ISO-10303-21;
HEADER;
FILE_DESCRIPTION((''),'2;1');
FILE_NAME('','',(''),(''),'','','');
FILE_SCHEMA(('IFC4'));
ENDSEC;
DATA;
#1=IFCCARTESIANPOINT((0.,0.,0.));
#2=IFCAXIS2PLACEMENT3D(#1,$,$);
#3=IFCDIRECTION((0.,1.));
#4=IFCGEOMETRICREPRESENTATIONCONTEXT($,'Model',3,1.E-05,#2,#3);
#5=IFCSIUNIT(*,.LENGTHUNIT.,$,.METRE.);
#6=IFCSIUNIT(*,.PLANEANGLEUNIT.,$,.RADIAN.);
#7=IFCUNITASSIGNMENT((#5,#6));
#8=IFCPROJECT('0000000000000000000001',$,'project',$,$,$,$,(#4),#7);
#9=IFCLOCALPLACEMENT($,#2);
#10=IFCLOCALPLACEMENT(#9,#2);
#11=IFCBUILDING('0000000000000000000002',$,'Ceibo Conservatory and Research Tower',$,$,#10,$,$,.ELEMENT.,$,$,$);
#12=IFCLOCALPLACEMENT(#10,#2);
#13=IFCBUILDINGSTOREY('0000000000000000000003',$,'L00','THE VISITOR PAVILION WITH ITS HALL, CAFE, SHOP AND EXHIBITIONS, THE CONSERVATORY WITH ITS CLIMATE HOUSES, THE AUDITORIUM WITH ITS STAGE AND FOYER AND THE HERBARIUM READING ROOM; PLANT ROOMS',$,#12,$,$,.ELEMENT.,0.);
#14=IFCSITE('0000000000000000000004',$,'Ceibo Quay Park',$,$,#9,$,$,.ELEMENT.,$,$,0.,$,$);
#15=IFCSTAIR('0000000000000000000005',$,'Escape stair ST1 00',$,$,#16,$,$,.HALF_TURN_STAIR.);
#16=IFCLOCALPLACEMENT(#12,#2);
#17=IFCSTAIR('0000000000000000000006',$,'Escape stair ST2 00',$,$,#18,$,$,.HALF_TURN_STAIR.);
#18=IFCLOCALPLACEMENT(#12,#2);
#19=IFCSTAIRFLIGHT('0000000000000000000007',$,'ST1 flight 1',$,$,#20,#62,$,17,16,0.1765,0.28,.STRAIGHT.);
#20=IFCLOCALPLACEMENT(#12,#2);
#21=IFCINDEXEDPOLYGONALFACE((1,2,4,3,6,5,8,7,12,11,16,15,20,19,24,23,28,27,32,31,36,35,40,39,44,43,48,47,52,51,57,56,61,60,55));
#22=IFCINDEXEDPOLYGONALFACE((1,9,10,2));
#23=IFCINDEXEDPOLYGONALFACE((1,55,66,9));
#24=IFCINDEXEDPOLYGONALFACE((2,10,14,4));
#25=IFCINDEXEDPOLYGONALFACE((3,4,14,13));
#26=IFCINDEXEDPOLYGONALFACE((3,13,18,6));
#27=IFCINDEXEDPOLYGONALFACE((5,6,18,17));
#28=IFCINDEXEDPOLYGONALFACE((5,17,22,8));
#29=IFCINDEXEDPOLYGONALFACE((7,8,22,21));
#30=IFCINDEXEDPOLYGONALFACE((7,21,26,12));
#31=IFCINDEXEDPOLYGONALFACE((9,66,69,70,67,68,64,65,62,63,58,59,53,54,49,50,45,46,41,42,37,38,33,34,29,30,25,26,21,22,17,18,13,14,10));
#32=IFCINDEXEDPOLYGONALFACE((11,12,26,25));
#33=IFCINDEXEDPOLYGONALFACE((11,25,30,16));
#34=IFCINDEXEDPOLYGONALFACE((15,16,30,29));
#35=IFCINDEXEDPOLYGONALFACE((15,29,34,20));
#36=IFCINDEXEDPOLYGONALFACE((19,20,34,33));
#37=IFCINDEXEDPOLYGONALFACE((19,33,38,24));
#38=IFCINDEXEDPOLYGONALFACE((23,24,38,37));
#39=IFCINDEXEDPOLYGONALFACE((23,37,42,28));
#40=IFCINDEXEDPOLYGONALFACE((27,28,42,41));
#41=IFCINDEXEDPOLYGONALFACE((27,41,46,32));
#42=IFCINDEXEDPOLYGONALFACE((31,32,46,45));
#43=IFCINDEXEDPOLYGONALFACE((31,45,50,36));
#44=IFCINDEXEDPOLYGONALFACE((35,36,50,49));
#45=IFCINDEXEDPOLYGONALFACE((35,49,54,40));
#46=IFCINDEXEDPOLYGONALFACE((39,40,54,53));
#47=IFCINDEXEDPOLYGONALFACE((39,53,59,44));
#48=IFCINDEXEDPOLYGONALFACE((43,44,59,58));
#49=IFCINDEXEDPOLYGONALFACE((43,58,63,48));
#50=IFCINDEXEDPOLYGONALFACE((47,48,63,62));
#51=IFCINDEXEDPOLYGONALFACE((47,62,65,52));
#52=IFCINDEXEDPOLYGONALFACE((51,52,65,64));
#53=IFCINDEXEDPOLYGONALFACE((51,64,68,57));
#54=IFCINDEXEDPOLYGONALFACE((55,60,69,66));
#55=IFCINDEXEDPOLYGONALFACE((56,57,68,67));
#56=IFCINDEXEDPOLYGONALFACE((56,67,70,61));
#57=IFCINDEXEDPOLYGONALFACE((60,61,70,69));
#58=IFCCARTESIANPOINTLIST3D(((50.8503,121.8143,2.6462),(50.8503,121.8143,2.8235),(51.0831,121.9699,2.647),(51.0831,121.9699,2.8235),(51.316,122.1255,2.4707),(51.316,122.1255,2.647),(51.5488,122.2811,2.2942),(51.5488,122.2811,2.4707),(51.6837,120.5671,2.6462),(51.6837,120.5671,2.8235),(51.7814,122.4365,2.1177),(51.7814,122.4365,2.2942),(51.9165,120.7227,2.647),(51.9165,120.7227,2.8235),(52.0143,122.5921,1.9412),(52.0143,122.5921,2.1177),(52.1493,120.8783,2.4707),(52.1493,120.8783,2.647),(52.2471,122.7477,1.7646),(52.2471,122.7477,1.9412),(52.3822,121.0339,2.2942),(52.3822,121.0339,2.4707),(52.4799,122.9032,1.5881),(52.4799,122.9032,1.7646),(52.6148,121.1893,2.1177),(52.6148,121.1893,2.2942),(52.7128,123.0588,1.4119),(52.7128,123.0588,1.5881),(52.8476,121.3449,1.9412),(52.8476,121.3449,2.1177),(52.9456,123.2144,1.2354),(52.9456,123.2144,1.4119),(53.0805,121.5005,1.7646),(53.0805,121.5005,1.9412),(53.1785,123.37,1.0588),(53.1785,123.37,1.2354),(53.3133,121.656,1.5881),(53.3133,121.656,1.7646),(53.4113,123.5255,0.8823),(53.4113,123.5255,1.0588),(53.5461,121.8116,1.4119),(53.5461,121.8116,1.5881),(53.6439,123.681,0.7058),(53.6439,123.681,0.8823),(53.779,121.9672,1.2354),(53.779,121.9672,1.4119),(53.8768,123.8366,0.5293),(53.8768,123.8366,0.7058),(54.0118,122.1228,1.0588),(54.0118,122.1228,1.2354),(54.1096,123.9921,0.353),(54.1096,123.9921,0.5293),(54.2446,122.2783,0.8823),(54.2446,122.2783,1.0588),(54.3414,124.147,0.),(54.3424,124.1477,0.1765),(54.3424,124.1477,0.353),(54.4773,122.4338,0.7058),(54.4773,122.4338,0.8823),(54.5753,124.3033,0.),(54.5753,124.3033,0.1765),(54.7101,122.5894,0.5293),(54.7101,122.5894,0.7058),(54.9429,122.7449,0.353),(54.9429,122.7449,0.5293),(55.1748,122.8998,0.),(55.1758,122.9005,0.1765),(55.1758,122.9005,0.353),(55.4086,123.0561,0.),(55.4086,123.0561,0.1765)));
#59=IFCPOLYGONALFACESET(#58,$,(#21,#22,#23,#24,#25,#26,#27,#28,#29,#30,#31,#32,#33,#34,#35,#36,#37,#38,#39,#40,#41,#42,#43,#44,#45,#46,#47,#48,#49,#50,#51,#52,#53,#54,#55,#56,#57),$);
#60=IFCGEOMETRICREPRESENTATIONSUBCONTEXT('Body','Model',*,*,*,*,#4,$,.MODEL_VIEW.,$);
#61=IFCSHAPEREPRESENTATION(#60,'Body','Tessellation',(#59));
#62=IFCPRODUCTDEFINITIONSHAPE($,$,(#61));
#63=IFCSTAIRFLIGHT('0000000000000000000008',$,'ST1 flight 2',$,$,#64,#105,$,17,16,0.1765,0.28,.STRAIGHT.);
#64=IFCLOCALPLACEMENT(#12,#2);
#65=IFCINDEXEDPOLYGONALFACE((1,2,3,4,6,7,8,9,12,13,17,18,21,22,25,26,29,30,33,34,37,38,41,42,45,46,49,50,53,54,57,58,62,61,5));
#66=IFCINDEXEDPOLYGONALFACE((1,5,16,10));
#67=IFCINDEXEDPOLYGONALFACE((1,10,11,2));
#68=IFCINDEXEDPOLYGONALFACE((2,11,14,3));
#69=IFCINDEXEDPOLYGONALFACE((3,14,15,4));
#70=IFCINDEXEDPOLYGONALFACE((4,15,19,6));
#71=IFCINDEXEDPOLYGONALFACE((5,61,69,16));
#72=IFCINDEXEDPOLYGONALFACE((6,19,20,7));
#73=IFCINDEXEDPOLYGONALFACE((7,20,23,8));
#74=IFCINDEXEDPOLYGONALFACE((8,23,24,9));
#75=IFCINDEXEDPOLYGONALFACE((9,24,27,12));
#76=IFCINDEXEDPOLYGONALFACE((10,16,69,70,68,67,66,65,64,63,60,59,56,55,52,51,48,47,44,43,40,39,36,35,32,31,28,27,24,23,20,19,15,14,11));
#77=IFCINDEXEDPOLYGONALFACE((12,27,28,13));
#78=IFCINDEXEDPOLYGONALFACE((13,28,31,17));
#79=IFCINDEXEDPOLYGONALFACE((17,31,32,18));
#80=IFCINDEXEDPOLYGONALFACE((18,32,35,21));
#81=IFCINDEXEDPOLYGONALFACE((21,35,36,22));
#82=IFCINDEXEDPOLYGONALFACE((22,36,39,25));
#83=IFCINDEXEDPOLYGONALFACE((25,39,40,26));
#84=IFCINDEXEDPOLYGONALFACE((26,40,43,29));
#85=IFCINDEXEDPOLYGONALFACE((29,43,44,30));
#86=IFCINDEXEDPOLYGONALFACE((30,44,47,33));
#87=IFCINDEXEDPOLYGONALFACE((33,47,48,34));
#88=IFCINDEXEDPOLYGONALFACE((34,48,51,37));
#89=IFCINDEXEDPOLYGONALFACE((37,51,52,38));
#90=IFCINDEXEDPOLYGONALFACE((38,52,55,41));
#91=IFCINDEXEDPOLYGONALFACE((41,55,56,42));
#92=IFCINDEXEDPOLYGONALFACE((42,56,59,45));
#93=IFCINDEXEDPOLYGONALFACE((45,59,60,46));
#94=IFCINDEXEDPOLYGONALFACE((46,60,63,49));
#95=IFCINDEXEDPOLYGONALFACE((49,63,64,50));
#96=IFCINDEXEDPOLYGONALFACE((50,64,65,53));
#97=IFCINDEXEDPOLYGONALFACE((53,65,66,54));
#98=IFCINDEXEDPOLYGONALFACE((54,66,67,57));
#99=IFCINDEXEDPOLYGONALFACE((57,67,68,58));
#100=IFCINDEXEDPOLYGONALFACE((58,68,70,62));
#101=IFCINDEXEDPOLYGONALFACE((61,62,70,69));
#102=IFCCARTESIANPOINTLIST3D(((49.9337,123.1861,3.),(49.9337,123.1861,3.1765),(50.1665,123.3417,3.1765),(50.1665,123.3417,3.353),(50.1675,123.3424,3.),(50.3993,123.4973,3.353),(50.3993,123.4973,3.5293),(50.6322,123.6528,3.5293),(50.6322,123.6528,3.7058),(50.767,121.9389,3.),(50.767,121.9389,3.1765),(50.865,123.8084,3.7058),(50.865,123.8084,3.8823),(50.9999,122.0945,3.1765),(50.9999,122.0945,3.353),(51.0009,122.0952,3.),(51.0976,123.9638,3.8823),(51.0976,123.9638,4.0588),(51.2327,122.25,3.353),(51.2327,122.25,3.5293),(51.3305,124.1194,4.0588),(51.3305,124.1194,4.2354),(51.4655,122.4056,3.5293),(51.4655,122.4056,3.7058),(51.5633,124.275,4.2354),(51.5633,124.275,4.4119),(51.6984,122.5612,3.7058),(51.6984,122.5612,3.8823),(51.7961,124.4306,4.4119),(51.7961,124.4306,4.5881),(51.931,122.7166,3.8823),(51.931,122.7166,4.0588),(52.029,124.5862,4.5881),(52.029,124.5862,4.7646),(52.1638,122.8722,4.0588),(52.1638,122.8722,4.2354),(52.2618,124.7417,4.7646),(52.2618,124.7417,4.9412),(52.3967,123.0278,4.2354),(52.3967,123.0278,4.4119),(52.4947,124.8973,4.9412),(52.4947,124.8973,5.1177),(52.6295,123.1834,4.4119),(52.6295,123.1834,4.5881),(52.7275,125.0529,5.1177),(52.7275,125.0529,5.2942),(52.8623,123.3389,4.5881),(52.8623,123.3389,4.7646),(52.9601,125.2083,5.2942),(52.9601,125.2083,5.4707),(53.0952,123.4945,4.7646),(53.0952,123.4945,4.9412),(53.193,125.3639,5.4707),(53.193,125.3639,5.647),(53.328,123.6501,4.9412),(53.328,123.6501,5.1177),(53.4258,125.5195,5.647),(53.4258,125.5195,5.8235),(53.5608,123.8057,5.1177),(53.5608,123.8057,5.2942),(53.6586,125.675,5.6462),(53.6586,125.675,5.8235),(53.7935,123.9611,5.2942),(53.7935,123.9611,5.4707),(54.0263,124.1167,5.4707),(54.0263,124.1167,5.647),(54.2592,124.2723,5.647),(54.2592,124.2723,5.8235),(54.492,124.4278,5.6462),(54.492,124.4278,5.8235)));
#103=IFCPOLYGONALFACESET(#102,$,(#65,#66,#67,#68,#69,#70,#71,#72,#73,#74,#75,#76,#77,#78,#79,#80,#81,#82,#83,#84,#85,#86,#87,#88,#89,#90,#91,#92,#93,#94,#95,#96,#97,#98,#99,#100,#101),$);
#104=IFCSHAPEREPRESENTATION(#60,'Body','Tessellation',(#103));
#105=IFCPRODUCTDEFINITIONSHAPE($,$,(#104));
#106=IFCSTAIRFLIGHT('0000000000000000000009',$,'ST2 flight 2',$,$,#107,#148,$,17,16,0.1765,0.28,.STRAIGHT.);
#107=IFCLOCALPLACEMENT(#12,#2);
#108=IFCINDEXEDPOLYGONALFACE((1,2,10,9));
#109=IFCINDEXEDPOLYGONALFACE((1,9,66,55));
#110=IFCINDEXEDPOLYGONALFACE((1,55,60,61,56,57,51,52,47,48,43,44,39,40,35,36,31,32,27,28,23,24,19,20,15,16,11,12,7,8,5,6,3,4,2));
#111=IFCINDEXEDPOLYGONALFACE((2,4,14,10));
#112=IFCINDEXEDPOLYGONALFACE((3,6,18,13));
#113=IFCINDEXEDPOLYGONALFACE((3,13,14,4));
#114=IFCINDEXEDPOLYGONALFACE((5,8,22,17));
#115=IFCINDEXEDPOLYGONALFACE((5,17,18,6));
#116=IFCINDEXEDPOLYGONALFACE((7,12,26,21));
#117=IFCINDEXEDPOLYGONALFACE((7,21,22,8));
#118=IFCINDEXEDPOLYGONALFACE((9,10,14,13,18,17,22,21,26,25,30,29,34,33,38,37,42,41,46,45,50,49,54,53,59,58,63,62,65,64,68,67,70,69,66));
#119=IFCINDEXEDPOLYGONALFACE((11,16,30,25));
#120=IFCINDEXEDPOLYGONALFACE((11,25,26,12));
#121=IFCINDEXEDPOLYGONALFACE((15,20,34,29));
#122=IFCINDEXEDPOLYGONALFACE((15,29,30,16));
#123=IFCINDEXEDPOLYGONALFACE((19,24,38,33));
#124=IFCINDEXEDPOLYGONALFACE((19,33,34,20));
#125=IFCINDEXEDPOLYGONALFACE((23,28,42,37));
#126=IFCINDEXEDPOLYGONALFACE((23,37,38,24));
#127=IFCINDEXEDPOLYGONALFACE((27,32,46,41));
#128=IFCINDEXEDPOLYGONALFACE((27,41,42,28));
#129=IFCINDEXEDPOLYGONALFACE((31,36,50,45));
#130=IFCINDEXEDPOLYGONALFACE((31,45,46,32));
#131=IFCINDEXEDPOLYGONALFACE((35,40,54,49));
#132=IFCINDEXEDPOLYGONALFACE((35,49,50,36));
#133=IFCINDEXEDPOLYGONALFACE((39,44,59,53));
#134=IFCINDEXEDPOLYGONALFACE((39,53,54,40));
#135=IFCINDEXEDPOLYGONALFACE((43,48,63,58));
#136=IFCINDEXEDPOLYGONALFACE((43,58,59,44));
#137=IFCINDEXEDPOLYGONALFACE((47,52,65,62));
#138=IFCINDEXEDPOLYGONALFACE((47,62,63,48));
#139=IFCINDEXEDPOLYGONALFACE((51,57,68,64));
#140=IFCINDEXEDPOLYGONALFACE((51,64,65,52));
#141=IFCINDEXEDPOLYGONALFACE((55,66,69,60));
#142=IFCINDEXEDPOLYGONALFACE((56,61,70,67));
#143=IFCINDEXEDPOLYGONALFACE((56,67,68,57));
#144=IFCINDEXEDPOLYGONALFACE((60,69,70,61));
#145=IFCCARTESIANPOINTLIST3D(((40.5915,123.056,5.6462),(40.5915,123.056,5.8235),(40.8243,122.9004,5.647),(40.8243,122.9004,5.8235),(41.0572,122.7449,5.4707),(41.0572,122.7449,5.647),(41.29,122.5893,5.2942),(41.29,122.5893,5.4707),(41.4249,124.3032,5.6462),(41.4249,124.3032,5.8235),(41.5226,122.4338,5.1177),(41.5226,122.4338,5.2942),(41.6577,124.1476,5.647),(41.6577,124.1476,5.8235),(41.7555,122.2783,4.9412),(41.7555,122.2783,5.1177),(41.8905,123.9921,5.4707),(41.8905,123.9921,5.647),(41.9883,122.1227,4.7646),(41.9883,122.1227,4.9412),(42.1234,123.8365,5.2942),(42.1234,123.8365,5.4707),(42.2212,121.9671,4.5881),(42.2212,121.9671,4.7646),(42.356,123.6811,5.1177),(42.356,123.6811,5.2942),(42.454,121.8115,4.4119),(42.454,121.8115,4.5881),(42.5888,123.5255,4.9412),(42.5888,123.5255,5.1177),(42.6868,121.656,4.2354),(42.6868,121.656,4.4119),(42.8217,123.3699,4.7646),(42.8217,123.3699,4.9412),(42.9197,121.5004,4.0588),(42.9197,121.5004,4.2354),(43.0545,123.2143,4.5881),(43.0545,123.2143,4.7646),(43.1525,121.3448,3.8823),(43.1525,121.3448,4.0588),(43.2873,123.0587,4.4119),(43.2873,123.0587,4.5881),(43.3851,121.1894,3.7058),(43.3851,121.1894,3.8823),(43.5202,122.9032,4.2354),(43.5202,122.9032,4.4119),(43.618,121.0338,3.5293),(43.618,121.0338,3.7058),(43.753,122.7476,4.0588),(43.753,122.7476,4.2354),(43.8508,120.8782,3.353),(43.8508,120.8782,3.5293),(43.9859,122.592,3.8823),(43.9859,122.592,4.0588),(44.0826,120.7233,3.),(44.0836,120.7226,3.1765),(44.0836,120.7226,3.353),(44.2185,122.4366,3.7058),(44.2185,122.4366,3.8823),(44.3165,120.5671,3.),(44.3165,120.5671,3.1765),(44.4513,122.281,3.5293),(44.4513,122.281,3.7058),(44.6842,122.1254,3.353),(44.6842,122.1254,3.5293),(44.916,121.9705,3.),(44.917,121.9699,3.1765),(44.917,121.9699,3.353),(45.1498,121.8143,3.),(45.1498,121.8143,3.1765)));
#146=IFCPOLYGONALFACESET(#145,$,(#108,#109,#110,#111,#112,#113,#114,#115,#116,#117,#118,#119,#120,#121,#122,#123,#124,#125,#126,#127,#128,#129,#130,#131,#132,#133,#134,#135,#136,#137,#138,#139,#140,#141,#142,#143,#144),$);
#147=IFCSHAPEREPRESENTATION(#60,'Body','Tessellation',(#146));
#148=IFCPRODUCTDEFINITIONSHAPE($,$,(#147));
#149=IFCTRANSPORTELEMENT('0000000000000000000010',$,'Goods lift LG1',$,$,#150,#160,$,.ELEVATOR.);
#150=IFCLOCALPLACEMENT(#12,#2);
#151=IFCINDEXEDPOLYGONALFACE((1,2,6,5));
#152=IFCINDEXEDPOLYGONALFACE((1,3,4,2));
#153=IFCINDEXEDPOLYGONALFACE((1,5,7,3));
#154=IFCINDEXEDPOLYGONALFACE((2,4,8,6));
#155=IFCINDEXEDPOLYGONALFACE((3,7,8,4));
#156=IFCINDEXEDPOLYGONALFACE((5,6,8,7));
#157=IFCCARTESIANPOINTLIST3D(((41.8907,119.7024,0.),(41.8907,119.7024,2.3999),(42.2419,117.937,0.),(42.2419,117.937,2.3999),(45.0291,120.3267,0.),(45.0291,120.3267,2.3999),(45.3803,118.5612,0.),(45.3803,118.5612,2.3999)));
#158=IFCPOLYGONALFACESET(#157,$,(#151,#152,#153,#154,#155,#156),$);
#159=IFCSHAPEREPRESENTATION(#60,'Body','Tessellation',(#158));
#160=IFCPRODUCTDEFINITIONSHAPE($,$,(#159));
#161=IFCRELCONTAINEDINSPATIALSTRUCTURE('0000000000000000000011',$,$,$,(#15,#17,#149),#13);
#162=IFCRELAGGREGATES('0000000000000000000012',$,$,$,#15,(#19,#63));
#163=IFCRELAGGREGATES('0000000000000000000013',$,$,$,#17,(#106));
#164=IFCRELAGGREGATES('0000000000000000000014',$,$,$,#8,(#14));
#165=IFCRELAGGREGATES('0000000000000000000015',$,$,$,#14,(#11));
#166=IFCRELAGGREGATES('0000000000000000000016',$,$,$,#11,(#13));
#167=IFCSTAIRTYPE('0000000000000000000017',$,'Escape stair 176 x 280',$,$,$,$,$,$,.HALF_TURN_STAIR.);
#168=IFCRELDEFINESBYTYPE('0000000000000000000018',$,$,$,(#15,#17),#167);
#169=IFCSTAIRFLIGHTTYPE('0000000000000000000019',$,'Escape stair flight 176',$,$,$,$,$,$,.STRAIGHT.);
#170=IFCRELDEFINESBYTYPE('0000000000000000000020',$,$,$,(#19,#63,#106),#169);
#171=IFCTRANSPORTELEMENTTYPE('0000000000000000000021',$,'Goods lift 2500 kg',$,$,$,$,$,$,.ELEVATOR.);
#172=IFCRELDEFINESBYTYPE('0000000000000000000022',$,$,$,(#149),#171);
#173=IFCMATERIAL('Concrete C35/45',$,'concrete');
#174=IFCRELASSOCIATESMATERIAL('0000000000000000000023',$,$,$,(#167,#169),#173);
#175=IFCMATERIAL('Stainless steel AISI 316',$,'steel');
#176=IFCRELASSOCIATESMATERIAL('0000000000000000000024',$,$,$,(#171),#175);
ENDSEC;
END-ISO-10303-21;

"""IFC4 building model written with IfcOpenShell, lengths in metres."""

from ifc_helpers import new_model, si_unit, direction, frame, origin, origin_2d, place, context, subcontext, project, spatial, polyline, rectangle, outline, extrude, material, type_object, element, aggregate, save


model = new_model("IFC4")

# Units and contexts
model_context = context("Model", 3, precision=1e-05, world=origin(), true_north=direction((0.0, 1.0)))
body_context = subcontext(model_context, "Body", "Model", "MODEL_VIEW")
ifc_project = project(units=[si_unit("LENGTHUNIT", "METRE"), si_unit("PLANEANGLEUNIT", "RADIAN")], contexts=[model_context])

# Site, building, storey
site_placement = place(None, origin())
site = spatial("IfcSite", under=ifc_project, at=site_placement, Name="Ceibo Quay Park", CompositionType="ELEMENT", RefElevation=0.0)
building_placement = place(site_placement, origin())
building = spatial("IfcBuilding", under=site, at=building_placement, Name="Ceibo Conservatory and Research Tower", CompositionType="ELEMENT")
storey_placement = place(building_placement, origin())
storey = spatial("IfcBuildingStorey", under=building, at=storey_placement, Name="L00", Description="THE VISITOR PAVILION WITH ITS HALL, CAFE, SHOP AND EXHIBITIONS, THE CONSERVATORY WITH ITS CLIMATE HOUSES, THE AUDITORIUM WITH ITS STAGE AND FOYER AND THE HERBARIUM READING ROOM; PLANT ROOMS", CompositionType="ELEMENT", Elevation=0.0)

# Stairs
ifc_material_1 = material(Name="Concrete C35/45", Category="concrete")
stair_type = type_object("IfcStairType", Name="Escape stair 176 x 280", PredefinedType="HALF_TURN_STAIR", material=ifc_material_1)
stair_1_placement = place(storey_placement, origin())
stair_1 = element("IfcStair", 1, at=stair_1_placement, inside=storey, type_object=stair_type, Name="Escape stair ST1 00", PredefinedType="HALF_TURN_STAIR")
stair_2_placement = place(storey_placement, origin())
stair_2 = element("IfcStair", 2, at=stair_2_placement, inside=storey, type_object=stair_type, Name="Escape stair ST2 00", PredefinedType="HALF_TURN_STAIR")

# Shared definitions
ifc_material_2 = material(Name="Stainless steel AISI 316", Category="steel")

# Stair flights
stair_flight_type = type_object("IfcStairFlightType", Name="Escape stair flight 176", PredefinedType="STRAIGHT", material=ifc_material_1)
stair_flight_1_placement = place(storey_placement, frame((54.9919, 123.6797, 0.0), z_axis=(0.0, 0.0, 1.0), x_axis=(-0.83147, -0.55557, 0.0)))
stair_flight_1 = element("IfcStairFlight", 3, at=stair_flight_1_placement, type_object=stair_flight_type, Name="ST1 flight 1", NumberOfRisers=17, NumberOfTreads=16, PredefinedType="STRAIGHT", RiserHeight=0.1765, TreadLength=0.28, context=body_context, shape_type="SweptSolid", body=[
    extrude(outline(polyline([(0.0, 0.0), (0.0, 0.1765), (0.28, 0.1765), (0.28, 0.353), (0.5601, 0.353), (0.5601, 0.5293), (0.8401, 0.5293), (0.8401, 0.7058), (1.1201, 0.7058), (1.1201, 0.8823), (1.3999, 0.8823), (1.3999, 1.0588), (1.6799, 1.0588), (1.6799, 1.2354), (1.96, 1.2354), (1.96, 1.4119), (2.24, 1.4119), (2.24, 1.5881), (2.52, 1.5881), (2.52, 1.7646), (2.8, 1.7646), (2.8, 1.9412), (3.0801, 1.9412), (3.0801, 2.1177), (3.3601, 2.1177), (3.3601, 2.2942), (3.6399, 2.2942), (3.6399, 2.4707), (3.9199, 2.4707), (3.9199, 2.647), (4.2, 2.647), (4.2, 2.8235), (4.48, 2.8235), (4.48, 3.0), (4.48, 2.6462), (0.2812, 0.0), (0.0, 0.0)])), frame((0.0, 0.75, 0.0), z_axis=(0.0, -1.0, 0.0), x_axis=(1.0, 0.0, 0.0)), (0.0, 0.0, 1.0), 1.5),
])
stair_flight_2_placement = place(storey_placement, frame((50.3503, 122.5625, 3.0), z_axis=(0.0, 0.0, 1.0), x_axis=(0.83147, 0.55557, 0.0)))
stair_flight_2 = element("IfcStairFlight", 4, at=stair_flight_2_placement, type_object=stair_flight_type, Name="ST1 flight 2", NumberOfRisers=17, NumberOfTreads=16, PredefinedType="STRAIGHT", RiserHeight=0.1765, TreadLength=0.28, context=body_context, shape_type="SweptSolid", body=[
    extrude(outline(polyline([(0.0, 0.0), (0.0, 0.1765), (0.28, 0.1765), (0.28, 0.353), (0.5601, 0.353), (0.5601, 0.5293), (0.8401, 0.5293), (0.8401, 0.7058), (1.1201, 0.7058), (1.1201, 0.8823), (1.3999, 0.8823), (1.3999, 1.0588), (1.6799, 1.0588), (1.6799, 1.2354), (1.96, 1.2354), (1.96, 1.4119), (2.24, 1.4119), (2.24, 1.5881), (2.52, 1.5881), (2.52, 1.7646), (2.8, 1.7646), (2.8, 1.9412), (3.0801, 1.9412), (3.0801, 2.1177), (3.3601, 2.1177), (3.3601, 2.2942), (3.6399, 2.2942), (3.6399, 2.4707), (3.9199, 2.4707), (3.9199, 2.647), (4.2, 2.647), (4.2, 2.8235), (4.48, 2.8235), (4.48, 3.0), (4.48, 2.6462), (0.2812, 0.0), (0.0, 0.0)])), frame((0.0, 0.75, 0.0), z_axis=(0.0, -1.0, 0.0), x_axis=(1.0, 0.0, 0.0)), (0.0, 0.0, 1.0), 1.5),
])
aggregate(stair_1, [stair_flight_1, stair_flight_2])
stair_flight_3_placement = place(storey_placement, frame((44.7332, 121.1907, 3.0), z_axis=(0.0, 0.0, 1.0), x_axis=(-0.83147, 0.55557, 0.0)))
stair_flight_3 = element("IfcStairFlight", 5, at=stair_flight_3_placement, type_object=stair_flight_type, Name="ST2 flight 2", NumberOfRisers=17, NumberOfTreads=16, PredefinedType="STRAIGHT", RiserHeight=0.1765, TreadLength=0.28, context=body_context, shape_type="SweptSolid", body=[
    extrude(outline(polyline([(0.0, 0.0), (0.0, 0.1765), (0.28, 0.1765), (0.28, 0.353), (0.5601, 0.353), (0.5601, 0.5293), (0.8401, 0.5293), (0.8401, 0.7058), (1.1201, 0.7058), (1.1201, 0.8823), (1.3999, 0.8823), (1.3999, 1.0588), (1.6799, 1.0588), (1.6799, 1.2354), (1.96, 1.2354), (1.96, 1.4119), (2.24, 1.4119), (2.24, 1.5881), (2.52, 1.5881), (2.52, 1.7646), (2.8, 1.7646), (2.8, 1.9412), (3.0801, 1.9412), (3.0801, 2.1177), (3.3601, 2.1177), (3.3601, 2.2942), (3.6399, 2.2942), (3.6399, 2.4707), (3.9199, 2.4707), (3.9199, 2.647), (4.2, 2.647), (4.2, 2.8235), (4.48, 2.8235), (4.48, 3.0), (4.48, 2.6462), (0.2812, 0.0), (0.0, 0.0)])), frame((0.0, 0.75, 0.0), z_axis=(0.0, -1.0, 0.0), x_axis=(1.0, 0.0, 0.0)), (0.0, 0.0, 1.0), 1.5),
])
aggregate(stair_2, [stair_flight_3])

# Transport element
transport_element_type = type_object("IfcTransportElementType", Name="Goods lift 2500 kg", PredefinedType="ELEVATOR", material=ifc_material_2)
transport_element_placement = place(storey_placement, frame((43.6355, 119.1318, 0.0), z_axis=(0.0, 0.0, 1.0), x_axis=(-0.980785, -0.19509, 0.0)))
element("IfcTransportElement", 6, at=transport_element_placement, inside=storey, type_object=transport_element_type, Name="Goods lift LG1", PredefinedType="ELEVATOR", context=body_context, shape_type="SweptSolid", body=[
    extrude(rectangle(XDim=3.2, YDim=1.8, at=origin_2d()), origin(), (0.0, 0.0, 1.0), 2.3999),
])

save(model, "model.ifc")
